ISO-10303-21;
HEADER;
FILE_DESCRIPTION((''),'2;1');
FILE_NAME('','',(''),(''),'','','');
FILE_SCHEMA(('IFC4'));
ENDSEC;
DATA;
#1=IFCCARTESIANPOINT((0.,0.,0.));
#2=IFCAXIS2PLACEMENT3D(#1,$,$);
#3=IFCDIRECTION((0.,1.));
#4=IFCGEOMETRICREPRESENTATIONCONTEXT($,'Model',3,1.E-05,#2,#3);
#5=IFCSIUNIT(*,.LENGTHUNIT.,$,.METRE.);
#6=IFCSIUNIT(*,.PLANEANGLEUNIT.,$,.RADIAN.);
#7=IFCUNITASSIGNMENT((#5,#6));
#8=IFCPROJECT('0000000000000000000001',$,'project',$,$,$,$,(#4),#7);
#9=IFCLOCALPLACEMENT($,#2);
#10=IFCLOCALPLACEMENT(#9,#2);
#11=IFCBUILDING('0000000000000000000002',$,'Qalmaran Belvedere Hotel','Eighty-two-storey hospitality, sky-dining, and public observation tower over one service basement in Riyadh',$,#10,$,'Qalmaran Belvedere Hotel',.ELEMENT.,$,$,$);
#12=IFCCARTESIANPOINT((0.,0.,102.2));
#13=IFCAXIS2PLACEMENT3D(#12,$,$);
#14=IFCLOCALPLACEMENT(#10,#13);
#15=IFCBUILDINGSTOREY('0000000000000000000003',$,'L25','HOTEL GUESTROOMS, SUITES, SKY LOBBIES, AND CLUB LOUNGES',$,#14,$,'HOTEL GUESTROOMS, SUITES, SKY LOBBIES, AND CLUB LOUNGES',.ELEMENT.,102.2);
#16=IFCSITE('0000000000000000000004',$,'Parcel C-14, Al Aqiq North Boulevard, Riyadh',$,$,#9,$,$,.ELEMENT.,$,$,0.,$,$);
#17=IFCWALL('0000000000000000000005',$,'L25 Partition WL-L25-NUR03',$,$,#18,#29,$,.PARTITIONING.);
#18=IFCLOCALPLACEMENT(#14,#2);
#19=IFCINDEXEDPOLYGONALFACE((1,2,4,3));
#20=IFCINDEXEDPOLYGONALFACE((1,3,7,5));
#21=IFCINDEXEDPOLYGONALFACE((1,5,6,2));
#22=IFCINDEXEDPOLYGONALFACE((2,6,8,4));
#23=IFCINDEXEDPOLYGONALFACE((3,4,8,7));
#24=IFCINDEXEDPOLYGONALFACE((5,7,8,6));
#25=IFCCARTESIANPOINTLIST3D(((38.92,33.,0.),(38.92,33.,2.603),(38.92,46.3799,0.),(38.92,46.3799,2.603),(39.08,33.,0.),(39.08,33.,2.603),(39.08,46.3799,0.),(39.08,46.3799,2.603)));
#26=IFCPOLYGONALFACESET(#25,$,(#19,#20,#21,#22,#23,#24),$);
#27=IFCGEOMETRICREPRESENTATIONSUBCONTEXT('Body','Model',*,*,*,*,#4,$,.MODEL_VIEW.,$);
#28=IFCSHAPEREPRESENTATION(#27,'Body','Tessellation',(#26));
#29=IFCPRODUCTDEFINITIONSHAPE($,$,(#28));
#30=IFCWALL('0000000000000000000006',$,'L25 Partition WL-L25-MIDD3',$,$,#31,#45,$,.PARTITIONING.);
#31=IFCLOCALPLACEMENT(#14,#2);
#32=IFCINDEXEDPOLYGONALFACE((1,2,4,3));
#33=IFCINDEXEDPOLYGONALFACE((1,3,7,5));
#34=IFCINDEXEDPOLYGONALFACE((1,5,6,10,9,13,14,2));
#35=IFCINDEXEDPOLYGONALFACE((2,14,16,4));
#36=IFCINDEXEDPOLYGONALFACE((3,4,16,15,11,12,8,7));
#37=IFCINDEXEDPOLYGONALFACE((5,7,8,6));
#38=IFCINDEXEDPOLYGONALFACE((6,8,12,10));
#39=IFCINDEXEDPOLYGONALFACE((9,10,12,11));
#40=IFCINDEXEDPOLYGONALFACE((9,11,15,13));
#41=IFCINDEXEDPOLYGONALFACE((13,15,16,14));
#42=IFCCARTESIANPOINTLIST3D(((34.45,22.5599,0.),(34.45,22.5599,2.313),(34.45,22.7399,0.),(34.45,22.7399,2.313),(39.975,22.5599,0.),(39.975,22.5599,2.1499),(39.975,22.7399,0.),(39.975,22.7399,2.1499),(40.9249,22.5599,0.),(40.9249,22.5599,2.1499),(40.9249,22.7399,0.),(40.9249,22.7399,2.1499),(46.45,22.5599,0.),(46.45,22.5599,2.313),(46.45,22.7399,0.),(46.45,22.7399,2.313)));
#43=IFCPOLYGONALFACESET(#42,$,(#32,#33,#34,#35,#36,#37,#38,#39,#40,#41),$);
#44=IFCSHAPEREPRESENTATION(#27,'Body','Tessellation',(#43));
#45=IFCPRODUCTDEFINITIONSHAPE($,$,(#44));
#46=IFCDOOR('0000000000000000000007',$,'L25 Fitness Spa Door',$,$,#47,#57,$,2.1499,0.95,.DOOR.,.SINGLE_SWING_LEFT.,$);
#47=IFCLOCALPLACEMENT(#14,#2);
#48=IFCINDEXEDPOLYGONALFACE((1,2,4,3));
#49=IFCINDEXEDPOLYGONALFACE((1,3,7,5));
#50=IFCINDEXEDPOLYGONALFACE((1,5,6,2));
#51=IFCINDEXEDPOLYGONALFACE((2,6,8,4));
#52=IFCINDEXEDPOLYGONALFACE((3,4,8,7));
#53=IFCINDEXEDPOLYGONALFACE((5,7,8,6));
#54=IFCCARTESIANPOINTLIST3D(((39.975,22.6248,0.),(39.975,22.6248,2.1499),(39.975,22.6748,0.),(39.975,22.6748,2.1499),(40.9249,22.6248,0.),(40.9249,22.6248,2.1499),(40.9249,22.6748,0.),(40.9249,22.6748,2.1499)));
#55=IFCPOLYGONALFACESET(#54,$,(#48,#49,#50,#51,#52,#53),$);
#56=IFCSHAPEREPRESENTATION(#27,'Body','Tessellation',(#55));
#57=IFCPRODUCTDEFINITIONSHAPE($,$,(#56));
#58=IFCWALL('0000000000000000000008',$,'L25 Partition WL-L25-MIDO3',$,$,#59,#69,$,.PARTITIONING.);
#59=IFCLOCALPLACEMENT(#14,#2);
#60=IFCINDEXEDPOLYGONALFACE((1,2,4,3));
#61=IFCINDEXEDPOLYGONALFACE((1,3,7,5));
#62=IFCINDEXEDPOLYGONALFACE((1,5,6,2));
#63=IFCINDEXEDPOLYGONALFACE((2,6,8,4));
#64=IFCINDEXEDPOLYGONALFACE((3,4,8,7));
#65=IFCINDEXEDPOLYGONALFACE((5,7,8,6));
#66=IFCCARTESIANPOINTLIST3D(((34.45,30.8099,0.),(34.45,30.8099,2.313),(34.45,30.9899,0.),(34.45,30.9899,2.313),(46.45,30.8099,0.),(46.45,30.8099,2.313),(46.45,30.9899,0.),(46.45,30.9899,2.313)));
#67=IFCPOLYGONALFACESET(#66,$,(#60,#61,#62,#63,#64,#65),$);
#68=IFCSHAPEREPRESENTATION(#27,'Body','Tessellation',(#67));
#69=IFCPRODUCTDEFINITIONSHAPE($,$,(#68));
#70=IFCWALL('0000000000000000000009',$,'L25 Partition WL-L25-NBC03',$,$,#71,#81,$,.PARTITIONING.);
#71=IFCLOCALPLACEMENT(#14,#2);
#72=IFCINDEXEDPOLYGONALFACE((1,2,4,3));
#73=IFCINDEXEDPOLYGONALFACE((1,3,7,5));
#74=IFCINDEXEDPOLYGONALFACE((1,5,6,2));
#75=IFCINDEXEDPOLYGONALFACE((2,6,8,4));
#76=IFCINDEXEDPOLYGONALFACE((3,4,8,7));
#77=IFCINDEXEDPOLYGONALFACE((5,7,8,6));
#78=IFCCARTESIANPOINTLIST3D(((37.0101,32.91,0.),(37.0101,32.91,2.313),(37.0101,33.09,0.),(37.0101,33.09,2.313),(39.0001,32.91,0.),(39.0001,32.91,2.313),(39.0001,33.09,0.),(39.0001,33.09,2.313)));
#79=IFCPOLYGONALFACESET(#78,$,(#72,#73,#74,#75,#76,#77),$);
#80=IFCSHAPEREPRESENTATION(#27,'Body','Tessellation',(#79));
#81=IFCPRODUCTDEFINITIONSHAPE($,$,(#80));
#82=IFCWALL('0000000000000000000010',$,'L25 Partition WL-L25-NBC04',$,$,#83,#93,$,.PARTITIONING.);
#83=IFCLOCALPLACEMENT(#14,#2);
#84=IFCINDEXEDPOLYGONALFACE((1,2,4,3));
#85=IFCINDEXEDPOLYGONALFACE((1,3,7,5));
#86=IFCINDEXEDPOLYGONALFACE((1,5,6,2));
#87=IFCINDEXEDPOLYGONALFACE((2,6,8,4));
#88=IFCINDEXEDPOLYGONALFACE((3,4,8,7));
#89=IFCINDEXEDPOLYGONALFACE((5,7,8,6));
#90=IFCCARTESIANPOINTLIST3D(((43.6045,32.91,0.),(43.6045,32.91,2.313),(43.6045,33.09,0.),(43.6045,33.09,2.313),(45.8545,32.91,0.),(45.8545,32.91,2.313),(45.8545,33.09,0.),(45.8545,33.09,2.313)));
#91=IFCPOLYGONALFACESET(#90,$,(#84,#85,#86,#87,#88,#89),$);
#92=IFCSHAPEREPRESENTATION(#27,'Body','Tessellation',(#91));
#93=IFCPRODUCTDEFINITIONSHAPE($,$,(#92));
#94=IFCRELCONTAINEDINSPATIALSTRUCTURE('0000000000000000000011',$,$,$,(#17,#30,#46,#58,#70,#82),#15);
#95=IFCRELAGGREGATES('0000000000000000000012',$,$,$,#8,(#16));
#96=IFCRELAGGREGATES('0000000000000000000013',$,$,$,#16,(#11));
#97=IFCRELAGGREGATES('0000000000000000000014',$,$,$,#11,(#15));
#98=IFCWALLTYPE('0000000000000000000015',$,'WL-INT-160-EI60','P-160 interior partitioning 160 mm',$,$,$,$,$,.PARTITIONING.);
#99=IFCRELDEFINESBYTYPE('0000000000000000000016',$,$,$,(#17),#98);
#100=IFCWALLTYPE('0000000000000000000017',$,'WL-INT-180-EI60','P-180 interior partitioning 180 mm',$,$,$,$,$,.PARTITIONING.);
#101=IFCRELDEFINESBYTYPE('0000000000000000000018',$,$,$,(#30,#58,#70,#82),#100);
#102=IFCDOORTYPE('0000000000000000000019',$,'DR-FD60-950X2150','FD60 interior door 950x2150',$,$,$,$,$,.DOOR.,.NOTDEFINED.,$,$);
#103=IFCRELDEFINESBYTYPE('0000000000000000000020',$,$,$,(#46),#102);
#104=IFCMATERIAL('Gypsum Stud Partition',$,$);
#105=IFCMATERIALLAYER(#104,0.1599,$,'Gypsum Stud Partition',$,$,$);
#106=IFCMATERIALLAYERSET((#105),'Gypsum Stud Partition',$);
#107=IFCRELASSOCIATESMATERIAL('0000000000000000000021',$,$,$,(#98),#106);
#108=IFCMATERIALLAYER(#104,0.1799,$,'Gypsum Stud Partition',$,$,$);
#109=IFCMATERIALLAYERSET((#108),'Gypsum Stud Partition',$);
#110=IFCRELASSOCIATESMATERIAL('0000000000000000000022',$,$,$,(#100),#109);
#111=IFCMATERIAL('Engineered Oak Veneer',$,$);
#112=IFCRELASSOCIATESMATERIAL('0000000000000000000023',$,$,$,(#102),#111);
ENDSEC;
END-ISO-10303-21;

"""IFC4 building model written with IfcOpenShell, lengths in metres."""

from ifc_helpers import new_model, si_unit, direction, frame, frame_2d, origin, place, context, subcontext, project, spatial, rectangle, extrude, material, layer, layer_set, type_object, element, fill, save


model = new_model("IFC4")

# Units and contexts
model_context = context("Model", 3, precision=1e-05, world=origin(), true_north=direction((0.0, 1.0)))
body_context = subcontext(model_context, "Body", "Model", "MODEL_VIEW")
ifc_project = project(units=[si_unit("LENGTHUNIT", "METRE"), si_unit("PLANEANGLEUNIT", "RADIAN")], contexts=[model_context])

# Site, building, storey
site_placement = place(None, origin())
site = spatial("IfcSite", under=ifc_project, at=site_placement, Name="Parcel C-14, Al Aqiq North Boulevard, Riyadh", CompositionType="ELEMENT", RefElevation=0.0)
building_placement = place(site_placement, origin())
building = spatial("IfcBuilding", under=site, at=building_placement, Name="Qalmaran Belvedere Hotel", Description="Eighty-two-storey hospitality, sky-dining, and public observation tower over one service basement in Riyadh", LongName="Qalmaran Belvedere Hotel", CompositionType="ELEMENT")
storey_placement = place(building_placement, frame((0.0, 0.0, 102.2)))
storey = spatial("IfcBuildingStorey", under=building, at=storey_placement, Name="L25", Description="HOTEL GUESTROOMS, SUITES, SKY LOBBIES, AND CLUB LOUNGES", LongName="HOTEL GUESTROOMS, SUITES, SKY LOBBIES, AND CLUB LOUNGES", CompositionType="ELEMENT", Elevation=102.2)

# Wall
ifc_material_1 = material(Name="Gypsum Stud Partition")
ifc_layer_1 = layer(ifc_material_1, 0.1599, Name="Gypsum Stud Partition")
ifc_layer_set_1 = layer_set([ifc_layer_1], Name="Gypsum Stud Partition")
wall_type_1 = type_object("IfcWallType", Name="WL-INT-160-EI60", Description="P-160 interior partitioning 160 mm", PredefinedType="PARTITIONING", material=ifc_layer_set_1)
for number, where, z_axis, x_axis, name in (
    (1, (39.0, 33.0, 0.0), (0.0, 0.0, 1.0), (0.0, 1.0, 0.0), "L25 Partition WL-L25-NUR03"),
):
    element("IfcWall", number, at=place(storey_placement, frame(where, z_axis=z_axis, x_axis=x_axis)), inside=storey, type_object=wall_type_1, Name=name, PredefinedType="PARTITIONING", context=body_context, shape_type="SweptSolid", body=[
        extrude(rectangle(XDim=13.3799, YDim=0.1599, at=frame_2d((6.6899, 0.0))), origin(), (0.0, 0.0, 1.0), 2.603),
    ])

# Wall, opening, door
ifc_layer_2 = layer(ifc_material_1, 0.1799, Name="Gypsum Stud Partition")
ifc_layer_set_2 = layer_set([ifc_layer_2], Name="Gypsum Stud Partition")
wall_type_2 = type_object("IfcWallType", Name="WL-INT-180-EI60", Description="P-180 interior partitioning 180 mm", PredefinedType="PARTITIONING", material=ifc_layer_set_2)
wall_1_placement = place(storey_placement, frame((34.45, 22.6499, 0.0), z_axis=(0.0, 0.0, 1.0), x_axis=(1.0, 0.0, 0.0)))
wall_1 = element("IfcWall", 2, at=wall_1_placement, inside=storey, type_object=wall_type_2, Name="L25 Partition WL-L25-MIDD3", PredefinedType="PARTITIONING", context=body_context, shape_type="SweptSolid", body=[
    extrude(rectangle(XDim=12.0, YDim=0.1799, at=frame_2d((6.0, 0.0))), origin(), (0.0, 0.0, 1.0), 2.313),
])
opening_1_placement = place(wall_1_placement, frame((5.5249, 0.0, 0.0)))
opening_1 = element("IfcOpeningElement", 3, at=opening_1_placement, cuts=wall_1, PredefinedType="OPENING", context=body_context, shape_type="SweptSolid", body=[
    extrude(rectangle(XDim=0.95, YDim=2.1499, at=frame_2d((0.4751, 1.075))), frame((0.0, 0.1001, 0.0), z_axis=(0.0, -1.0, 0.0), x_axis=(1.0, 0.0, 0.0)), (0.0, 0.0, 1.0), 0.2),
])
ifc_material_2 = material(Name="Engineered Oak Veneer")
door_type = type_object("IfcDoorType", Name="DR-FD60-950X2150", Description="FD60 interior door 950x2150", OperationType="NOTDEFINED", PredefinedType="DOOR", material=ifc_material_2)
door_1_placement = place(opening_1_placement, origin())
door_1 = element("IfcDoor", 4, at=door_1_placement, inside=storey, type_object=door_type, Name="L25 Fitness Spa Door", OperationType="SINGLE_SWING_LEFT", OverallHeight=2.1499, OverallWidth=0.95, PredefinedType="DOOR", context=body_context, shape_type="SweptSolid", body=[
    extrude(rectangle(XDim=0.95, YDim=2.1499, at=frame_2d((0.4751, 1.075))), frame((0.0, 0.0249, 0.0), z_axis=(0.0, -1.0, 0.0), x_axis=(1.0, 0.0, 0.0)), (0.0, 0.0, 1.0), 0.05),
])
fill(opening_1, door_1)

# Wall
wall_2_placement = place(storey_placement, frame((34.45, 30.8999, 0.0), z_axis=(0.0, 0.0, 1.0), x_axis=(1.0, 0.0, 0.0)))
element("IfcWall", 5, at=wall_2_placement, inside=storey, type_object=wall_type_2, Name="L25 Partition WL-L25-MIDO3", PredefinedType="PARTITIONING", context=body_context, shape_type="SweptSolid", body=[
    extrude(rectangle(XDim=12.0, YDim=0.1799, at=frame_2d((6.0, 0.0))), origin(), (0.0, 0.0, 1.0), 2.313),
])

# Wall
wall_3_placement = place(storey_placement, frame((37.01, 33.0, 0.0), z_axis=(0.0, 0.0, 1.0), x_axis=(1.0, 0.0, 0.0)))
element("IfcWall", 6, at=wall_3_placement, inside=storey, type_object=wall_type_2, Name="L25 Partition WL-L25-NBC03", PredefinedType="PARTITIONING", context=body_context, shape_type="SweptSolid", body=[
    extrude(rectangle(XDim=1.99, YDim=0.1799, at=frame_2d((0.9951, 0.0))), origin(), (0.0, 0.0, 1.0), 2.313),
])

# Wall
wall_4_placement = place(storey_placement, frame((43.6045, 33.0, 0.0), z_axis=(0.0, 0.0, 1.0), x_axis=(1.0, 0.0, 0.0)))
element("IfcWall", 7, at=wall_4_placement, inside=storey, type_object=wall_type_2, Name="L25 Partition WL-L25-NBC04", PredefinedType="PARTITIONING", context=body_context, shape_type="SweptSolid", body=[
    extrude(rectangle(XDim=2.25, YDim=0.1799, at=frame_2d((1.125, 0.0))), origin(), (0.0, 0.0, 1.0), 2.313),
])

save(model, "model.ifc")
